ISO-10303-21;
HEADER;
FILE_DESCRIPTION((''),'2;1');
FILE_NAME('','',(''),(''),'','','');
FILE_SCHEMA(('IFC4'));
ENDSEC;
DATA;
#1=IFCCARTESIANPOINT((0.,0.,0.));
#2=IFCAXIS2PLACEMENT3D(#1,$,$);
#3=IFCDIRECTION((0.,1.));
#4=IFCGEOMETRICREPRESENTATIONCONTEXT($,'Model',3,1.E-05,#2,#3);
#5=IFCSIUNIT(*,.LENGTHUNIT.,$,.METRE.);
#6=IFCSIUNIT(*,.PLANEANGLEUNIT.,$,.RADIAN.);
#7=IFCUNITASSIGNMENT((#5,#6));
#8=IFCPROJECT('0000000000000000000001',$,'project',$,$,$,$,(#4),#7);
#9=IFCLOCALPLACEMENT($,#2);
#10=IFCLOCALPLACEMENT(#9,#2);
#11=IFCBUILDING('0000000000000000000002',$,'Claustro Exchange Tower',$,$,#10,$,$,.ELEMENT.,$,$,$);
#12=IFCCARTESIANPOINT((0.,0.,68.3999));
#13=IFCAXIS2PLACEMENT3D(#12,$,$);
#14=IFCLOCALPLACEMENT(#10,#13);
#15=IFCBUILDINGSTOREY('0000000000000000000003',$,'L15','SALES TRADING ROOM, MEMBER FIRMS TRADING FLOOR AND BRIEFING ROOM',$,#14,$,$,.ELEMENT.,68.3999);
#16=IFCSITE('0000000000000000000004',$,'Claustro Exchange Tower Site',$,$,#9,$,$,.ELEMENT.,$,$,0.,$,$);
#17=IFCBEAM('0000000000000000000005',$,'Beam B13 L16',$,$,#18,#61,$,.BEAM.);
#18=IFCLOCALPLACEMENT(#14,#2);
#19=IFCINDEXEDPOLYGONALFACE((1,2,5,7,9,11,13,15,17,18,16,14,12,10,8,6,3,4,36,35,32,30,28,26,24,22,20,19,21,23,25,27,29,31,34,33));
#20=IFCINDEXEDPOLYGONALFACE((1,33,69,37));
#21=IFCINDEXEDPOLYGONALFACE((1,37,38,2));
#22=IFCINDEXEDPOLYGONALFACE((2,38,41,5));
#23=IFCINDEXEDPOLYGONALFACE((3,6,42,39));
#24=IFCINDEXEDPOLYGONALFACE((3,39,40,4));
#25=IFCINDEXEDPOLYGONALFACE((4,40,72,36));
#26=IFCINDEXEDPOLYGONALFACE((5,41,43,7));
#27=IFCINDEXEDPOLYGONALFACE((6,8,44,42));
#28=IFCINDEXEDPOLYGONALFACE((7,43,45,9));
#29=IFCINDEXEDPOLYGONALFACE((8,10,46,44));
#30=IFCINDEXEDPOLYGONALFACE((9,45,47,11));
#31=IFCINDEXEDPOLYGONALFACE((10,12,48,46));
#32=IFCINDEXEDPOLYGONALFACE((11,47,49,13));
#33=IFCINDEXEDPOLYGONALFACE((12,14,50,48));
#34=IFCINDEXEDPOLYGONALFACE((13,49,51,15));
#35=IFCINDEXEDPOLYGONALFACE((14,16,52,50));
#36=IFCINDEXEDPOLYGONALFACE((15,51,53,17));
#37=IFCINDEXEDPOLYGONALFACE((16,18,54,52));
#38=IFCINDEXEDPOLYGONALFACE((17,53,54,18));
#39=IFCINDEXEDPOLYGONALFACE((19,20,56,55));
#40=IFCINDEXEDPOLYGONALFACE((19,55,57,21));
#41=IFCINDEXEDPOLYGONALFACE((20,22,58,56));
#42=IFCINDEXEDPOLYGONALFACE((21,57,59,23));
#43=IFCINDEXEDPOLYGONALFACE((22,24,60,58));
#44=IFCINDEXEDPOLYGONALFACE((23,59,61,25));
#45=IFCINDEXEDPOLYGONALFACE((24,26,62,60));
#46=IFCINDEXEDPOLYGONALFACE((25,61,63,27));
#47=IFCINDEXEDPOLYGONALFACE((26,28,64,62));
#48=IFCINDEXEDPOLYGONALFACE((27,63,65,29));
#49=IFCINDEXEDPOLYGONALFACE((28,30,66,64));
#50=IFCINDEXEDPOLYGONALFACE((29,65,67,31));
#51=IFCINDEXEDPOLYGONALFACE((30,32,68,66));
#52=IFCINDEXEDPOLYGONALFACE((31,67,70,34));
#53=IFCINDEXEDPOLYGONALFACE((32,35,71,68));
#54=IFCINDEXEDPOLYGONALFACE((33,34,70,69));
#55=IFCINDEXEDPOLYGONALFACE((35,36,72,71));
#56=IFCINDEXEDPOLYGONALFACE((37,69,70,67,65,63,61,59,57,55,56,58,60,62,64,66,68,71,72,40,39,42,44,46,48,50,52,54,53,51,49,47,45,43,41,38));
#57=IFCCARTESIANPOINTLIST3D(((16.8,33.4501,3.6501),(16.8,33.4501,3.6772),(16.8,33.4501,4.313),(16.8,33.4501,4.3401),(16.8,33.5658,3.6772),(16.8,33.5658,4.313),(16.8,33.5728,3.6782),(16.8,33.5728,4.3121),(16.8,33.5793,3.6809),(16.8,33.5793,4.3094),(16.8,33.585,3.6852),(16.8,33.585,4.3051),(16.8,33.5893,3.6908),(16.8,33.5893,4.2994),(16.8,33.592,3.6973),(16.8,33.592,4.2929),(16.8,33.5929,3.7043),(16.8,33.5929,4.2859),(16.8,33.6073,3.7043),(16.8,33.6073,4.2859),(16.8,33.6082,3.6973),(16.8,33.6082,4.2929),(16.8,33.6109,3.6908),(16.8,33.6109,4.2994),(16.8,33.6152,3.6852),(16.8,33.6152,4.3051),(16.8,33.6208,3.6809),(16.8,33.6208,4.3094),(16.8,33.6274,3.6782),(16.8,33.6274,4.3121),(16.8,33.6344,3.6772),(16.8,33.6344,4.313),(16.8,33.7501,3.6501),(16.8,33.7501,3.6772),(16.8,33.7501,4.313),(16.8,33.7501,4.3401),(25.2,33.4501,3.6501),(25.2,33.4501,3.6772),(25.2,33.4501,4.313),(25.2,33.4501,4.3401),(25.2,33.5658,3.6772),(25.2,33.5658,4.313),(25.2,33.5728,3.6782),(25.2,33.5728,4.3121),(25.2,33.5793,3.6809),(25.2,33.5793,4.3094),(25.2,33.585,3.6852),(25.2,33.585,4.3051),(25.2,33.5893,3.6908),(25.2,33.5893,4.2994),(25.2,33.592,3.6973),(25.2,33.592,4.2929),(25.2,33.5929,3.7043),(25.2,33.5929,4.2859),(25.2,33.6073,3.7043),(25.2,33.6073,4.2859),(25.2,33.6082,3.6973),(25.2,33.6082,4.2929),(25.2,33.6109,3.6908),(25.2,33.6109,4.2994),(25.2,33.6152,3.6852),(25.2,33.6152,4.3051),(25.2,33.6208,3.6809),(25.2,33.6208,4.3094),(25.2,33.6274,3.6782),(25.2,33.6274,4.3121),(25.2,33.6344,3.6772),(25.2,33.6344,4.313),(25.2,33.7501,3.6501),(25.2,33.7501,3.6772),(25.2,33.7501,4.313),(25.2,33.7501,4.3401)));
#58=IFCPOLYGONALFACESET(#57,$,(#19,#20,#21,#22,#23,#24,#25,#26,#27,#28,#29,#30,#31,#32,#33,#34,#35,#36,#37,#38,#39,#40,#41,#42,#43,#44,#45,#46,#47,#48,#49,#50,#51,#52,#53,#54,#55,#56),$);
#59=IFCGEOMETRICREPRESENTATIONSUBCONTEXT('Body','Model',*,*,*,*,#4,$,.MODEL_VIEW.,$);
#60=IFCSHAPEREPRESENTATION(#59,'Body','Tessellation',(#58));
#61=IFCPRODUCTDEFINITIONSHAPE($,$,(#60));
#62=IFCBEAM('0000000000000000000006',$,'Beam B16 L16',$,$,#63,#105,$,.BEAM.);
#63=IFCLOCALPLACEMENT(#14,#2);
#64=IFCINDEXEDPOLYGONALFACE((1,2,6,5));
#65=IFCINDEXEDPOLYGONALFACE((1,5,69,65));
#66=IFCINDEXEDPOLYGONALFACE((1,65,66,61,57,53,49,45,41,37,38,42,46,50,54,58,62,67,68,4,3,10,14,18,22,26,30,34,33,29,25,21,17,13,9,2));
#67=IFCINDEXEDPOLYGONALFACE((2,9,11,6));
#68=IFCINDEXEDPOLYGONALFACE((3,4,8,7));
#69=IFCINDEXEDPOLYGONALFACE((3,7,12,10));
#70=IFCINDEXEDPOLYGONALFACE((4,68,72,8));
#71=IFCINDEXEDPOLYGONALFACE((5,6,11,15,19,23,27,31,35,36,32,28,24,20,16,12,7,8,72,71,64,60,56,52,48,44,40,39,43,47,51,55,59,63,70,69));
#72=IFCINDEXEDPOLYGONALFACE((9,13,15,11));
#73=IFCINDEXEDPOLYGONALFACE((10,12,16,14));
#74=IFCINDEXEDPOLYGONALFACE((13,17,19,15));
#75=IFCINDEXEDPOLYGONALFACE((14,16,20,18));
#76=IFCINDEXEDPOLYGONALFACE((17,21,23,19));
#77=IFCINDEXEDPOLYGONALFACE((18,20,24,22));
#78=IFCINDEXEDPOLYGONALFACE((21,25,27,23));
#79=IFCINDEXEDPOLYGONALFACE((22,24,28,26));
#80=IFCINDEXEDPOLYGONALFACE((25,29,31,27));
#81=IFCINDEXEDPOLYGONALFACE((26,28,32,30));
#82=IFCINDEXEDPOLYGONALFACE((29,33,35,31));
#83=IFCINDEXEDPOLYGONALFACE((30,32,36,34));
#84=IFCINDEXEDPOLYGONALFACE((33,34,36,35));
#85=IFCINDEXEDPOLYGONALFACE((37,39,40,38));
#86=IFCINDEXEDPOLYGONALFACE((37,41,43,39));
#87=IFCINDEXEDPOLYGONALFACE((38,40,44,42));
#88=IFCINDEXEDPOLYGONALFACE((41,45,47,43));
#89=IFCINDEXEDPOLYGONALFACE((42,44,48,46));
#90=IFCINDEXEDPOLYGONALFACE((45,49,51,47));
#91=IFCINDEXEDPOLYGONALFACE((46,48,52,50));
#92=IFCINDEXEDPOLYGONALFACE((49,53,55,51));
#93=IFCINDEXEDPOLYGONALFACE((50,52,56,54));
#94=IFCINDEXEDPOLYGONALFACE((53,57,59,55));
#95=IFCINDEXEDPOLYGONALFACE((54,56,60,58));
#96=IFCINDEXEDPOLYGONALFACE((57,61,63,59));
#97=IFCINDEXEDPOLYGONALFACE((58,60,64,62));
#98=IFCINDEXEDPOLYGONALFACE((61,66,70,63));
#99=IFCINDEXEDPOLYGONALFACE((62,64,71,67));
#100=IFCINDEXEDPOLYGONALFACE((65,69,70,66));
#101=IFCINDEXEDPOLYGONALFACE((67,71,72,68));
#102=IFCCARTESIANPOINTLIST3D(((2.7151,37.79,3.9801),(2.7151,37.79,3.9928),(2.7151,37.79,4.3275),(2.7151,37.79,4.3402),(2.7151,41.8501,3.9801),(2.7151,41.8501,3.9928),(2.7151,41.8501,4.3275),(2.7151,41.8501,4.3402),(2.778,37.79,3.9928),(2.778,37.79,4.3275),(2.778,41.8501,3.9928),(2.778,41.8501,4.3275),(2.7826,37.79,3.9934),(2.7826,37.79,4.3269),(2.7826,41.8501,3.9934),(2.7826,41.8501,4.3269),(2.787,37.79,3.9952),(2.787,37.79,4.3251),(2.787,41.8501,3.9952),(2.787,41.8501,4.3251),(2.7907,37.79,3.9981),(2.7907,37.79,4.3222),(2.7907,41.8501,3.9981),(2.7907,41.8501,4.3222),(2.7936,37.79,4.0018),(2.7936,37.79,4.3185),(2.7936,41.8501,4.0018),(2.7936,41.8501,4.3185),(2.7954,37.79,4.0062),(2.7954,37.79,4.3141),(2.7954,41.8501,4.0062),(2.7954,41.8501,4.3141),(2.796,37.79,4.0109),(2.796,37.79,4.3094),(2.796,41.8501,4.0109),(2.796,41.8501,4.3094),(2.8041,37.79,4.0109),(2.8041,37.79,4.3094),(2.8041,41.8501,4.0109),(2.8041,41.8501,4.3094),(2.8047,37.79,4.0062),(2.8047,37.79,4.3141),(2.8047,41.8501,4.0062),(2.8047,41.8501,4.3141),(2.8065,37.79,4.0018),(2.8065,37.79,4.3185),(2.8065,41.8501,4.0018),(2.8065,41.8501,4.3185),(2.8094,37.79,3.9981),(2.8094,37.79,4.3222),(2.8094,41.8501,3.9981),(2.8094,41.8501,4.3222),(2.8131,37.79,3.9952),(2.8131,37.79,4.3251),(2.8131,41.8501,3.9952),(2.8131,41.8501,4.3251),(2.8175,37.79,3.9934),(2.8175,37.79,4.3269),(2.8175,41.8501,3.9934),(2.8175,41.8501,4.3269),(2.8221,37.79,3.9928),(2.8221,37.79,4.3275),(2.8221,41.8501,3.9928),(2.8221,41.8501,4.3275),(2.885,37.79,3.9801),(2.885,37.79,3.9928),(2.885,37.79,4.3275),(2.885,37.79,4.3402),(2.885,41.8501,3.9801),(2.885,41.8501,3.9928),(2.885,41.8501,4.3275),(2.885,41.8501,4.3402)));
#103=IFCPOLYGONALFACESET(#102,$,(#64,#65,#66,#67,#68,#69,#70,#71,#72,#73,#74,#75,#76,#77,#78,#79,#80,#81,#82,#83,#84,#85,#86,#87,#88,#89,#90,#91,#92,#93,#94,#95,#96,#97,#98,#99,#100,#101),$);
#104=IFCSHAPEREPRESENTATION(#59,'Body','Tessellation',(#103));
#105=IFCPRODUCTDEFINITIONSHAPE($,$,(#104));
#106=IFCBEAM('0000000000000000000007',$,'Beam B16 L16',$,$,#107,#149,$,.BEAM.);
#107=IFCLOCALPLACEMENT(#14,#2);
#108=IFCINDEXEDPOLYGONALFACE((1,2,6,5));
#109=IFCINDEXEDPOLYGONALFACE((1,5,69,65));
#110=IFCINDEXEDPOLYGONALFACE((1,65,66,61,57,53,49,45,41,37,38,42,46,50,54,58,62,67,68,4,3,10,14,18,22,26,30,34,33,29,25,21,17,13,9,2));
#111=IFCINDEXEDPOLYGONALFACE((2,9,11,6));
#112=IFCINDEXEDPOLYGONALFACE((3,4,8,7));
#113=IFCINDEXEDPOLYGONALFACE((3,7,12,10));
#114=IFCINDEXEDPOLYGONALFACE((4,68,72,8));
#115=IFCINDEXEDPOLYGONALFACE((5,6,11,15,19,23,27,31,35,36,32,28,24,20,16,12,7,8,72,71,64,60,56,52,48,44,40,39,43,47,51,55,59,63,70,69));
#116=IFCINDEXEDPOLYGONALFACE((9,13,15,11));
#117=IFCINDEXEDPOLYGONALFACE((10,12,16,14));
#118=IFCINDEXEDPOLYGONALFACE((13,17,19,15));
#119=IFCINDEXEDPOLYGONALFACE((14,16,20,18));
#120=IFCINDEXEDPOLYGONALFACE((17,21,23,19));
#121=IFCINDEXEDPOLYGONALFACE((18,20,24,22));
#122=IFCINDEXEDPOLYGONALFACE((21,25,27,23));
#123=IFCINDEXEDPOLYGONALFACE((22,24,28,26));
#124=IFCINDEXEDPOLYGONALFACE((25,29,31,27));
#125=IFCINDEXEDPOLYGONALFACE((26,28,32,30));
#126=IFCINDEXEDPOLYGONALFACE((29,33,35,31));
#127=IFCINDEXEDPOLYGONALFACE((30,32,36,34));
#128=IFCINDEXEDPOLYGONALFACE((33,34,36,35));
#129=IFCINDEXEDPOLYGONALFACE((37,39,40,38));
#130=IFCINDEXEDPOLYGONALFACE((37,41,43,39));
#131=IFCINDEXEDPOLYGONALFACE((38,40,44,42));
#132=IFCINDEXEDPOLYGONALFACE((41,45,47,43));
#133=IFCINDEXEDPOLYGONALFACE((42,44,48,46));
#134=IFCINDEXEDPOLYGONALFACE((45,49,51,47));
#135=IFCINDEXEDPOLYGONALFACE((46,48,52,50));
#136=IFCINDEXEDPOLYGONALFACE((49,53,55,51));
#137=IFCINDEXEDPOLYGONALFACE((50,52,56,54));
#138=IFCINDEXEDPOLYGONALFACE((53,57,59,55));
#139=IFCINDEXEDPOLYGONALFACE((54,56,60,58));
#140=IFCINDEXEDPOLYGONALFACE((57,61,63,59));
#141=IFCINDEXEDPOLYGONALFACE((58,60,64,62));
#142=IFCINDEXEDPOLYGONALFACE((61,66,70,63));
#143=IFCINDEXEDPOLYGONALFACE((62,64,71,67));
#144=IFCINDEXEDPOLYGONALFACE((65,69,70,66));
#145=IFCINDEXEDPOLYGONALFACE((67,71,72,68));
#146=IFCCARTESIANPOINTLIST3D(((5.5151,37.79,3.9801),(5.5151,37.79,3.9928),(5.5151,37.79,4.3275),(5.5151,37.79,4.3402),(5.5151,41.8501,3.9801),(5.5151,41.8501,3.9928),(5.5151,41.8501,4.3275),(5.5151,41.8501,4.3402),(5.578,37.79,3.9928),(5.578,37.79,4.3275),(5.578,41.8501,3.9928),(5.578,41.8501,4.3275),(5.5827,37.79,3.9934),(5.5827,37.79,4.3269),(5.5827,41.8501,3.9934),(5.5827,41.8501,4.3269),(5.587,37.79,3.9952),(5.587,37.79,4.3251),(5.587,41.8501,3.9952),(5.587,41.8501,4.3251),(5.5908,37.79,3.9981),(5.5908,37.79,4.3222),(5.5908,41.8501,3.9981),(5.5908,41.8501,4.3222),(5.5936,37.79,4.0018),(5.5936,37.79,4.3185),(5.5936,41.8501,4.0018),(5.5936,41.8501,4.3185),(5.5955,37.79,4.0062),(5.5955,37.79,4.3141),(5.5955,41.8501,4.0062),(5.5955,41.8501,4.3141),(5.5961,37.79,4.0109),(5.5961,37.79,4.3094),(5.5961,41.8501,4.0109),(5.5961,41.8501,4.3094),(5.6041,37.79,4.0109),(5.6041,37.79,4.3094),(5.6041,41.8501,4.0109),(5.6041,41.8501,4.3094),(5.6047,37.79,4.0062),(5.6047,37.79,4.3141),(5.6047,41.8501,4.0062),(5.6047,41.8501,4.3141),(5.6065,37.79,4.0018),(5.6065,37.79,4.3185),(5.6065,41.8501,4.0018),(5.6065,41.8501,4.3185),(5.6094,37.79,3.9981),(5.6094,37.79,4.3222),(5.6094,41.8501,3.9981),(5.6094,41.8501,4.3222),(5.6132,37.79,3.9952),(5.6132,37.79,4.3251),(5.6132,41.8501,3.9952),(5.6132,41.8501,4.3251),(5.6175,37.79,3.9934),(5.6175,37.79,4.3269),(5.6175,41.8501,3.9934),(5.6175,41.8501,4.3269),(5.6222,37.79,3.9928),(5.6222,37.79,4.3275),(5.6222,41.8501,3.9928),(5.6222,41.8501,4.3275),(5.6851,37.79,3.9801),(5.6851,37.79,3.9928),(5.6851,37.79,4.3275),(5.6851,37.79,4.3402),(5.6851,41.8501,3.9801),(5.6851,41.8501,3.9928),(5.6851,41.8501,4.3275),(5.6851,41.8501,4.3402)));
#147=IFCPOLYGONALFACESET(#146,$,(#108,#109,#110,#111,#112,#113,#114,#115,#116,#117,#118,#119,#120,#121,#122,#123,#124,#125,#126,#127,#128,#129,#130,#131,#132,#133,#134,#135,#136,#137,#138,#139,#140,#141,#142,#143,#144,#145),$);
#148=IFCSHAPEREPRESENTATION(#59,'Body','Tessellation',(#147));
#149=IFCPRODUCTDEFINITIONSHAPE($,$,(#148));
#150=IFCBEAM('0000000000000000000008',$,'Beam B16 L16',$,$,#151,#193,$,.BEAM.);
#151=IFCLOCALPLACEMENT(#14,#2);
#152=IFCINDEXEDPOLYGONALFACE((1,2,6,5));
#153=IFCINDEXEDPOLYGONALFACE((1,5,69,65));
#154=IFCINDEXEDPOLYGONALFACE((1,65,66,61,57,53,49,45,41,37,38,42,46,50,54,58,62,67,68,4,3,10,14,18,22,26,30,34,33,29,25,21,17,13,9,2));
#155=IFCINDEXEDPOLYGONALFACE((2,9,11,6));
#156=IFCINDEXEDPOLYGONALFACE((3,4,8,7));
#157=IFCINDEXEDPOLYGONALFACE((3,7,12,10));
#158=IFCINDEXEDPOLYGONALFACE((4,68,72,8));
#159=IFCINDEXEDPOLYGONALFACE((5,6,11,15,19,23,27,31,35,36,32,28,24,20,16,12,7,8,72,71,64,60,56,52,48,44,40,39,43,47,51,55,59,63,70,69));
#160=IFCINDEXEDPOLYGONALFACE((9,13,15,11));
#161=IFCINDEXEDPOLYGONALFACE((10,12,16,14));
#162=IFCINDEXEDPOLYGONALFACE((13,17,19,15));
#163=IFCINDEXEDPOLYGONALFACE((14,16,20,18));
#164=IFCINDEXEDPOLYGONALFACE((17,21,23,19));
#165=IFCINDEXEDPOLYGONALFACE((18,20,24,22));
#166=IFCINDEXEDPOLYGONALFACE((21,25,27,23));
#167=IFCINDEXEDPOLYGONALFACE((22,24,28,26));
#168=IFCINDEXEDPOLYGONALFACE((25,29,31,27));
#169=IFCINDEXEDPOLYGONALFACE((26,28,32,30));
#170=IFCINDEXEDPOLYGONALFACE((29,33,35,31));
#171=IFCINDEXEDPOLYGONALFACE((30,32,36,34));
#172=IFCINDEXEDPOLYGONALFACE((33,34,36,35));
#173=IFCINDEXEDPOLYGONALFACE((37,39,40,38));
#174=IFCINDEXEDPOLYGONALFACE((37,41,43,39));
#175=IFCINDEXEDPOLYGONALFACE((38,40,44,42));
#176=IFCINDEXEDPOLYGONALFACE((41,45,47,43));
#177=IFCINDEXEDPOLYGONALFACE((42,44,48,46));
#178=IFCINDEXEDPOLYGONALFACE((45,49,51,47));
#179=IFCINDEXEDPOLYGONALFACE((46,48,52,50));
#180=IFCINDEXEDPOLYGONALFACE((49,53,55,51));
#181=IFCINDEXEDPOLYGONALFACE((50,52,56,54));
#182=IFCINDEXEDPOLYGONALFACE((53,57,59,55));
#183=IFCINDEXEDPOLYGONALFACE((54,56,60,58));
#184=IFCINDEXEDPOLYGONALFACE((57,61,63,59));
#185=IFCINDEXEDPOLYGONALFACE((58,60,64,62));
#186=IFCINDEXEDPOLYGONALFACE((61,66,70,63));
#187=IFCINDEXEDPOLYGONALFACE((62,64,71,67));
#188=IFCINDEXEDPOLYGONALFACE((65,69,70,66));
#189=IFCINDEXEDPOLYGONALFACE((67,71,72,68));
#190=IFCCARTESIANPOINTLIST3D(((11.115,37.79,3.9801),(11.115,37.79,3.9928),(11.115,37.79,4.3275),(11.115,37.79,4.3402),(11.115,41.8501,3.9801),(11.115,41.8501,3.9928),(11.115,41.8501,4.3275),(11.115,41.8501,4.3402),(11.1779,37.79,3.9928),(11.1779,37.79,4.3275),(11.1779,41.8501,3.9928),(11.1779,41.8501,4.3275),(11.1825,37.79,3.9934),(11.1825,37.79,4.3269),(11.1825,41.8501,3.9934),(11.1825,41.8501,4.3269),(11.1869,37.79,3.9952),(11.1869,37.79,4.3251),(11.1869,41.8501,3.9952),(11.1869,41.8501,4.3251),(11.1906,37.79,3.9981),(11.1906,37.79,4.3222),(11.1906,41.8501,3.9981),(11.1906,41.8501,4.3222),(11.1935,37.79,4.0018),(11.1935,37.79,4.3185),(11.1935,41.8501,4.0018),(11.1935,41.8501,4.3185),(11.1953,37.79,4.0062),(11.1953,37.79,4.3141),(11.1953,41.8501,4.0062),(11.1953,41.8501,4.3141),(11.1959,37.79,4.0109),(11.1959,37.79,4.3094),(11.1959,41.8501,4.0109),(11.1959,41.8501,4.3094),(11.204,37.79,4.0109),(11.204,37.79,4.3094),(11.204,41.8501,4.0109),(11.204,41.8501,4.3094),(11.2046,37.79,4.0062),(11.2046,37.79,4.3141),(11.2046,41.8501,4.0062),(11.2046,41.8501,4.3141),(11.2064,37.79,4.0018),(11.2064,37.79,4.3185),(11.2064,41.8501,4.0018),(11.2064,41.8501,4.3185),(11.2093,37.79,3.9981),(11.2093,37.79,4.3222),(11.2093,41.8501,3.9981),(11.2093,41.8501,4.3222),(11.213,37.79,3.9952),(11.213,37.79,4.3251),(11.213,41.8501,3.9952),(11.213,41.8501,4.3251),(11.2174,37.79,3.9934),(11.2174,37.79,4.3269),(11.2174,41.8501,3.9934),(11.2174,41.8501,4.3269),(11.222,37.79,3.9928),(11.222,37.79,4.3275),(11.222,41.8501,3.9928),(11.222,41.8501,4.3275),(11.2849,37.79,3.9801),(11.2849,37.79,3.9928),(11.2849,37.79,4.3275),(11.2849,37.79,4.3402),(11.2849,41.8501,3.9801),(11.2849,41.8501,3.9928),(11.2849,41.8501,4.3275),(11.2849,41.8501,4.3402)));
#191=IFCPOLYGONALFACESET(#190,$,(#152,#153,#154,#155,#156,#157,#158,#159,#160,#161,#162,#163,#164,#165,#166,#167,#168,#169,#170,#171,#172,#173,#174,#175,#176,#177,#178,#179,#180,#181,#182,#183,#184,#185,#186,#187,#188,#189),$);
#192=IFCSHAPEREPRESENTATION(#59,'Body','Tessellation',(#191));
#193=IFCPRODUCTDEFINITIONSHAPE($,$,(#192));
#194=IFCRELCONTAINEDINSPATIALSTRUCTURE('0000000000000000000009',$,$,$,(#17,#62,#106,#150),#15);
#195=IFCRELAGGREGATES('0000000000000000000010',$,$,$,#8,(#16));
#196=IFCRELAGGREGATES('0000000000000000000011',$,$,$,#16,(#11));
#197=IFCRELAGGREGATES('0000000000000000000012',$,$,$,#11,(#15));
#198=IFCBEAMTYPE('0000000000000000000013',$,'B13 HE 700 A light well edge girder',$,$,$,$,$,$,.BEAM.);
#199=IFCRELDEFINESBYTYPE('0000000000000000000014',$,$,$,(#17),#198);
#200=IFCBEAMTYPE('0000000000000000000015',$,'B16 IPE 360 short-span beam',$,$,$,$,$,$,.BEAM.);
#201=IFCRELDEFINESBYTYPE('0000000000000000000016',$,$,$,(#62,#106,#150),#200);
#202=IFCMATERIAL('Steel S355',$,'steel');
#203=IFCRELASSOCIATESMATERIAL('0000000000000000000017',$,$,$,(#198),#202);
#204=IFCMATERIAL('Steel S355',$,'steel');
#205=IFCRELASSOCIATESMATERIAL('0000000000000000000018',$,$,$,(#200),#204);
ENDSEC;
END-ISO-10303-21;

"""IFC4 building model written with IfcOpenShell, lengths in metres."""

from ifc_helpers import new_model, si_unit, direction, frame, origin, origin_2d, place, context, subcontext, project, spatial, i_section, extrude, material, material_profile, profile_set, type_object, element, save


model = new_model("IFC4")

# Units and contexts
model_context = context("Model", 3, precision=1e-05, world=origin(), true_north=direction((0.0, 1.0)))
body_context = subcontext(model_context, "Body", "Model", "MODEL_VIEW")
ifc_project = project(units=[si_unit("LENGTHUNIT", "METRE"), si_unit("PLANEANGLEUNIT", "RADIAN")], contexts=[model_context])

# Site, building, storey
site_placement = place(None, origin())
site = spatial("IfcSite", under=ifc_project, at=site_placement, Name="Claustro Exchange Tower Site", CompositionType="ELEMENT", RefElevation=0.0)
building_placement = place(site_placement, origin())
building = spatial("IfcBuilding", under=site, at=building_placement, Name="Claustro Exchange Tower", CompositionType="ELEMENT")
storey_placement = place(building_placement, frame((0.0, 0.0, 68.3999)))
storey = spatial("IfcBuildingStorey", under=building, at=storey_placement, Name="L15", Description="SALES TRADING ROOM, MEMBER FIRMS TRADING FLOOR AND BRIEFING ROOM", CompositionType="ELEMENT", Elevation=68.3999)

# Beams
ifc_material_1 = material(Name="Steel S355", Category="steel")
ifc_material_profile_1 = material_profile(ifc_material_1, i_section(OverallWidth=0.3, OverallDepth=0.6899, WebThickness=0.0144, FlangeThickness=0.0271, FilletRadius=0.0271, at=origin_2d()), Name="HE 700 A")
ifc_profile_set_1 = profile_set([ifc_material_profile_1], Name="Steel S355")
beam_type_1 = type_object("IfcBeamType", Name="B13 HE 700 A light well edge girder", PredefinedType="BEAM", material=ifc_profile_set_1)
beam_placement = place(storey_placement, frame((16.8, 33.6001, 3.9951), z_axis=(1.0, 0.0, 0.0), x_axis=(0.0, 1.0, 0.0)))
element("IfcBeam", 1, at=beam_placement, inside=storey, type_object=beam_type_1, Name="Beam B13 L16", PredefinedType="BEAM", context=body_context, shape_type="SweptSolid", body=[
    extrude(i_section(OverallWidth=0.3, OverallDepth=0.6899, WebThickness=0.0144, FlangeThickness=0.0271, FilletRadius=0.0271, at=origin_2d()), origin(), (0.0, 0.0, 1.0), 8.3999),
])
ifc_material_2 = material(Name="Steel S355", Category="steel")
ifc_material_profile_2 = material_profile(ifc_material_2, i_section(OverallWidth=0.1699, OverallDepth=0.3601, WebThickness=0.0081, FlangeThickness=0.0127, FilletRadius=0.0181, at=origin_2d()), Name="IPE 360")
ifc_profile_set_2 = profile_set([ifc_material_profile_2], Name="Steel S355")
beam_type_2 = type_object("IfcBeamType", Name="B16 IPE 360 short-span beam", PredefinedType="BEAM", material=ifc_profile_set_2)
for number, where, z_axis, x_axis, name in (
    (2, (2.8, 37.79, 4.1602), (0.0, 1.0, 0.0), (-1.0, 0.0, 0.0), "Beam B16 L16"),
    (3, (5.6001, 37.79, 4.1602), (0.0, 1.0, 0.0), (-1.0, 0.0, 0.0), "Beam B16 L16"),
    (4, (11.2, 37.79, 4.1602), (0.0, 1.0, 0.0), (-1.0, 0.0, 0.0), "Beam B16 L16"),
):
    element("IfcBeam", number, at=place(storey_placement, frame(where, z_axis=z_axis, x_axis=x_axis)), inside=storey, type_object=beam_type_2, Name=name, PredefinedType="BEAM", context=body_context, shape_type="SweptSolid", body=[
        extrude(i_section(OverallWidth=0.1699, OverallDepth=0.3601, WebThickness=0.0081, FlangeThickness=0.0127, FilletRadius=0.0181, at=origin_2d()), origin(), (0.0, 0.0, 1.0), 4.0601),
    ])

save(model, "model.ifc")
